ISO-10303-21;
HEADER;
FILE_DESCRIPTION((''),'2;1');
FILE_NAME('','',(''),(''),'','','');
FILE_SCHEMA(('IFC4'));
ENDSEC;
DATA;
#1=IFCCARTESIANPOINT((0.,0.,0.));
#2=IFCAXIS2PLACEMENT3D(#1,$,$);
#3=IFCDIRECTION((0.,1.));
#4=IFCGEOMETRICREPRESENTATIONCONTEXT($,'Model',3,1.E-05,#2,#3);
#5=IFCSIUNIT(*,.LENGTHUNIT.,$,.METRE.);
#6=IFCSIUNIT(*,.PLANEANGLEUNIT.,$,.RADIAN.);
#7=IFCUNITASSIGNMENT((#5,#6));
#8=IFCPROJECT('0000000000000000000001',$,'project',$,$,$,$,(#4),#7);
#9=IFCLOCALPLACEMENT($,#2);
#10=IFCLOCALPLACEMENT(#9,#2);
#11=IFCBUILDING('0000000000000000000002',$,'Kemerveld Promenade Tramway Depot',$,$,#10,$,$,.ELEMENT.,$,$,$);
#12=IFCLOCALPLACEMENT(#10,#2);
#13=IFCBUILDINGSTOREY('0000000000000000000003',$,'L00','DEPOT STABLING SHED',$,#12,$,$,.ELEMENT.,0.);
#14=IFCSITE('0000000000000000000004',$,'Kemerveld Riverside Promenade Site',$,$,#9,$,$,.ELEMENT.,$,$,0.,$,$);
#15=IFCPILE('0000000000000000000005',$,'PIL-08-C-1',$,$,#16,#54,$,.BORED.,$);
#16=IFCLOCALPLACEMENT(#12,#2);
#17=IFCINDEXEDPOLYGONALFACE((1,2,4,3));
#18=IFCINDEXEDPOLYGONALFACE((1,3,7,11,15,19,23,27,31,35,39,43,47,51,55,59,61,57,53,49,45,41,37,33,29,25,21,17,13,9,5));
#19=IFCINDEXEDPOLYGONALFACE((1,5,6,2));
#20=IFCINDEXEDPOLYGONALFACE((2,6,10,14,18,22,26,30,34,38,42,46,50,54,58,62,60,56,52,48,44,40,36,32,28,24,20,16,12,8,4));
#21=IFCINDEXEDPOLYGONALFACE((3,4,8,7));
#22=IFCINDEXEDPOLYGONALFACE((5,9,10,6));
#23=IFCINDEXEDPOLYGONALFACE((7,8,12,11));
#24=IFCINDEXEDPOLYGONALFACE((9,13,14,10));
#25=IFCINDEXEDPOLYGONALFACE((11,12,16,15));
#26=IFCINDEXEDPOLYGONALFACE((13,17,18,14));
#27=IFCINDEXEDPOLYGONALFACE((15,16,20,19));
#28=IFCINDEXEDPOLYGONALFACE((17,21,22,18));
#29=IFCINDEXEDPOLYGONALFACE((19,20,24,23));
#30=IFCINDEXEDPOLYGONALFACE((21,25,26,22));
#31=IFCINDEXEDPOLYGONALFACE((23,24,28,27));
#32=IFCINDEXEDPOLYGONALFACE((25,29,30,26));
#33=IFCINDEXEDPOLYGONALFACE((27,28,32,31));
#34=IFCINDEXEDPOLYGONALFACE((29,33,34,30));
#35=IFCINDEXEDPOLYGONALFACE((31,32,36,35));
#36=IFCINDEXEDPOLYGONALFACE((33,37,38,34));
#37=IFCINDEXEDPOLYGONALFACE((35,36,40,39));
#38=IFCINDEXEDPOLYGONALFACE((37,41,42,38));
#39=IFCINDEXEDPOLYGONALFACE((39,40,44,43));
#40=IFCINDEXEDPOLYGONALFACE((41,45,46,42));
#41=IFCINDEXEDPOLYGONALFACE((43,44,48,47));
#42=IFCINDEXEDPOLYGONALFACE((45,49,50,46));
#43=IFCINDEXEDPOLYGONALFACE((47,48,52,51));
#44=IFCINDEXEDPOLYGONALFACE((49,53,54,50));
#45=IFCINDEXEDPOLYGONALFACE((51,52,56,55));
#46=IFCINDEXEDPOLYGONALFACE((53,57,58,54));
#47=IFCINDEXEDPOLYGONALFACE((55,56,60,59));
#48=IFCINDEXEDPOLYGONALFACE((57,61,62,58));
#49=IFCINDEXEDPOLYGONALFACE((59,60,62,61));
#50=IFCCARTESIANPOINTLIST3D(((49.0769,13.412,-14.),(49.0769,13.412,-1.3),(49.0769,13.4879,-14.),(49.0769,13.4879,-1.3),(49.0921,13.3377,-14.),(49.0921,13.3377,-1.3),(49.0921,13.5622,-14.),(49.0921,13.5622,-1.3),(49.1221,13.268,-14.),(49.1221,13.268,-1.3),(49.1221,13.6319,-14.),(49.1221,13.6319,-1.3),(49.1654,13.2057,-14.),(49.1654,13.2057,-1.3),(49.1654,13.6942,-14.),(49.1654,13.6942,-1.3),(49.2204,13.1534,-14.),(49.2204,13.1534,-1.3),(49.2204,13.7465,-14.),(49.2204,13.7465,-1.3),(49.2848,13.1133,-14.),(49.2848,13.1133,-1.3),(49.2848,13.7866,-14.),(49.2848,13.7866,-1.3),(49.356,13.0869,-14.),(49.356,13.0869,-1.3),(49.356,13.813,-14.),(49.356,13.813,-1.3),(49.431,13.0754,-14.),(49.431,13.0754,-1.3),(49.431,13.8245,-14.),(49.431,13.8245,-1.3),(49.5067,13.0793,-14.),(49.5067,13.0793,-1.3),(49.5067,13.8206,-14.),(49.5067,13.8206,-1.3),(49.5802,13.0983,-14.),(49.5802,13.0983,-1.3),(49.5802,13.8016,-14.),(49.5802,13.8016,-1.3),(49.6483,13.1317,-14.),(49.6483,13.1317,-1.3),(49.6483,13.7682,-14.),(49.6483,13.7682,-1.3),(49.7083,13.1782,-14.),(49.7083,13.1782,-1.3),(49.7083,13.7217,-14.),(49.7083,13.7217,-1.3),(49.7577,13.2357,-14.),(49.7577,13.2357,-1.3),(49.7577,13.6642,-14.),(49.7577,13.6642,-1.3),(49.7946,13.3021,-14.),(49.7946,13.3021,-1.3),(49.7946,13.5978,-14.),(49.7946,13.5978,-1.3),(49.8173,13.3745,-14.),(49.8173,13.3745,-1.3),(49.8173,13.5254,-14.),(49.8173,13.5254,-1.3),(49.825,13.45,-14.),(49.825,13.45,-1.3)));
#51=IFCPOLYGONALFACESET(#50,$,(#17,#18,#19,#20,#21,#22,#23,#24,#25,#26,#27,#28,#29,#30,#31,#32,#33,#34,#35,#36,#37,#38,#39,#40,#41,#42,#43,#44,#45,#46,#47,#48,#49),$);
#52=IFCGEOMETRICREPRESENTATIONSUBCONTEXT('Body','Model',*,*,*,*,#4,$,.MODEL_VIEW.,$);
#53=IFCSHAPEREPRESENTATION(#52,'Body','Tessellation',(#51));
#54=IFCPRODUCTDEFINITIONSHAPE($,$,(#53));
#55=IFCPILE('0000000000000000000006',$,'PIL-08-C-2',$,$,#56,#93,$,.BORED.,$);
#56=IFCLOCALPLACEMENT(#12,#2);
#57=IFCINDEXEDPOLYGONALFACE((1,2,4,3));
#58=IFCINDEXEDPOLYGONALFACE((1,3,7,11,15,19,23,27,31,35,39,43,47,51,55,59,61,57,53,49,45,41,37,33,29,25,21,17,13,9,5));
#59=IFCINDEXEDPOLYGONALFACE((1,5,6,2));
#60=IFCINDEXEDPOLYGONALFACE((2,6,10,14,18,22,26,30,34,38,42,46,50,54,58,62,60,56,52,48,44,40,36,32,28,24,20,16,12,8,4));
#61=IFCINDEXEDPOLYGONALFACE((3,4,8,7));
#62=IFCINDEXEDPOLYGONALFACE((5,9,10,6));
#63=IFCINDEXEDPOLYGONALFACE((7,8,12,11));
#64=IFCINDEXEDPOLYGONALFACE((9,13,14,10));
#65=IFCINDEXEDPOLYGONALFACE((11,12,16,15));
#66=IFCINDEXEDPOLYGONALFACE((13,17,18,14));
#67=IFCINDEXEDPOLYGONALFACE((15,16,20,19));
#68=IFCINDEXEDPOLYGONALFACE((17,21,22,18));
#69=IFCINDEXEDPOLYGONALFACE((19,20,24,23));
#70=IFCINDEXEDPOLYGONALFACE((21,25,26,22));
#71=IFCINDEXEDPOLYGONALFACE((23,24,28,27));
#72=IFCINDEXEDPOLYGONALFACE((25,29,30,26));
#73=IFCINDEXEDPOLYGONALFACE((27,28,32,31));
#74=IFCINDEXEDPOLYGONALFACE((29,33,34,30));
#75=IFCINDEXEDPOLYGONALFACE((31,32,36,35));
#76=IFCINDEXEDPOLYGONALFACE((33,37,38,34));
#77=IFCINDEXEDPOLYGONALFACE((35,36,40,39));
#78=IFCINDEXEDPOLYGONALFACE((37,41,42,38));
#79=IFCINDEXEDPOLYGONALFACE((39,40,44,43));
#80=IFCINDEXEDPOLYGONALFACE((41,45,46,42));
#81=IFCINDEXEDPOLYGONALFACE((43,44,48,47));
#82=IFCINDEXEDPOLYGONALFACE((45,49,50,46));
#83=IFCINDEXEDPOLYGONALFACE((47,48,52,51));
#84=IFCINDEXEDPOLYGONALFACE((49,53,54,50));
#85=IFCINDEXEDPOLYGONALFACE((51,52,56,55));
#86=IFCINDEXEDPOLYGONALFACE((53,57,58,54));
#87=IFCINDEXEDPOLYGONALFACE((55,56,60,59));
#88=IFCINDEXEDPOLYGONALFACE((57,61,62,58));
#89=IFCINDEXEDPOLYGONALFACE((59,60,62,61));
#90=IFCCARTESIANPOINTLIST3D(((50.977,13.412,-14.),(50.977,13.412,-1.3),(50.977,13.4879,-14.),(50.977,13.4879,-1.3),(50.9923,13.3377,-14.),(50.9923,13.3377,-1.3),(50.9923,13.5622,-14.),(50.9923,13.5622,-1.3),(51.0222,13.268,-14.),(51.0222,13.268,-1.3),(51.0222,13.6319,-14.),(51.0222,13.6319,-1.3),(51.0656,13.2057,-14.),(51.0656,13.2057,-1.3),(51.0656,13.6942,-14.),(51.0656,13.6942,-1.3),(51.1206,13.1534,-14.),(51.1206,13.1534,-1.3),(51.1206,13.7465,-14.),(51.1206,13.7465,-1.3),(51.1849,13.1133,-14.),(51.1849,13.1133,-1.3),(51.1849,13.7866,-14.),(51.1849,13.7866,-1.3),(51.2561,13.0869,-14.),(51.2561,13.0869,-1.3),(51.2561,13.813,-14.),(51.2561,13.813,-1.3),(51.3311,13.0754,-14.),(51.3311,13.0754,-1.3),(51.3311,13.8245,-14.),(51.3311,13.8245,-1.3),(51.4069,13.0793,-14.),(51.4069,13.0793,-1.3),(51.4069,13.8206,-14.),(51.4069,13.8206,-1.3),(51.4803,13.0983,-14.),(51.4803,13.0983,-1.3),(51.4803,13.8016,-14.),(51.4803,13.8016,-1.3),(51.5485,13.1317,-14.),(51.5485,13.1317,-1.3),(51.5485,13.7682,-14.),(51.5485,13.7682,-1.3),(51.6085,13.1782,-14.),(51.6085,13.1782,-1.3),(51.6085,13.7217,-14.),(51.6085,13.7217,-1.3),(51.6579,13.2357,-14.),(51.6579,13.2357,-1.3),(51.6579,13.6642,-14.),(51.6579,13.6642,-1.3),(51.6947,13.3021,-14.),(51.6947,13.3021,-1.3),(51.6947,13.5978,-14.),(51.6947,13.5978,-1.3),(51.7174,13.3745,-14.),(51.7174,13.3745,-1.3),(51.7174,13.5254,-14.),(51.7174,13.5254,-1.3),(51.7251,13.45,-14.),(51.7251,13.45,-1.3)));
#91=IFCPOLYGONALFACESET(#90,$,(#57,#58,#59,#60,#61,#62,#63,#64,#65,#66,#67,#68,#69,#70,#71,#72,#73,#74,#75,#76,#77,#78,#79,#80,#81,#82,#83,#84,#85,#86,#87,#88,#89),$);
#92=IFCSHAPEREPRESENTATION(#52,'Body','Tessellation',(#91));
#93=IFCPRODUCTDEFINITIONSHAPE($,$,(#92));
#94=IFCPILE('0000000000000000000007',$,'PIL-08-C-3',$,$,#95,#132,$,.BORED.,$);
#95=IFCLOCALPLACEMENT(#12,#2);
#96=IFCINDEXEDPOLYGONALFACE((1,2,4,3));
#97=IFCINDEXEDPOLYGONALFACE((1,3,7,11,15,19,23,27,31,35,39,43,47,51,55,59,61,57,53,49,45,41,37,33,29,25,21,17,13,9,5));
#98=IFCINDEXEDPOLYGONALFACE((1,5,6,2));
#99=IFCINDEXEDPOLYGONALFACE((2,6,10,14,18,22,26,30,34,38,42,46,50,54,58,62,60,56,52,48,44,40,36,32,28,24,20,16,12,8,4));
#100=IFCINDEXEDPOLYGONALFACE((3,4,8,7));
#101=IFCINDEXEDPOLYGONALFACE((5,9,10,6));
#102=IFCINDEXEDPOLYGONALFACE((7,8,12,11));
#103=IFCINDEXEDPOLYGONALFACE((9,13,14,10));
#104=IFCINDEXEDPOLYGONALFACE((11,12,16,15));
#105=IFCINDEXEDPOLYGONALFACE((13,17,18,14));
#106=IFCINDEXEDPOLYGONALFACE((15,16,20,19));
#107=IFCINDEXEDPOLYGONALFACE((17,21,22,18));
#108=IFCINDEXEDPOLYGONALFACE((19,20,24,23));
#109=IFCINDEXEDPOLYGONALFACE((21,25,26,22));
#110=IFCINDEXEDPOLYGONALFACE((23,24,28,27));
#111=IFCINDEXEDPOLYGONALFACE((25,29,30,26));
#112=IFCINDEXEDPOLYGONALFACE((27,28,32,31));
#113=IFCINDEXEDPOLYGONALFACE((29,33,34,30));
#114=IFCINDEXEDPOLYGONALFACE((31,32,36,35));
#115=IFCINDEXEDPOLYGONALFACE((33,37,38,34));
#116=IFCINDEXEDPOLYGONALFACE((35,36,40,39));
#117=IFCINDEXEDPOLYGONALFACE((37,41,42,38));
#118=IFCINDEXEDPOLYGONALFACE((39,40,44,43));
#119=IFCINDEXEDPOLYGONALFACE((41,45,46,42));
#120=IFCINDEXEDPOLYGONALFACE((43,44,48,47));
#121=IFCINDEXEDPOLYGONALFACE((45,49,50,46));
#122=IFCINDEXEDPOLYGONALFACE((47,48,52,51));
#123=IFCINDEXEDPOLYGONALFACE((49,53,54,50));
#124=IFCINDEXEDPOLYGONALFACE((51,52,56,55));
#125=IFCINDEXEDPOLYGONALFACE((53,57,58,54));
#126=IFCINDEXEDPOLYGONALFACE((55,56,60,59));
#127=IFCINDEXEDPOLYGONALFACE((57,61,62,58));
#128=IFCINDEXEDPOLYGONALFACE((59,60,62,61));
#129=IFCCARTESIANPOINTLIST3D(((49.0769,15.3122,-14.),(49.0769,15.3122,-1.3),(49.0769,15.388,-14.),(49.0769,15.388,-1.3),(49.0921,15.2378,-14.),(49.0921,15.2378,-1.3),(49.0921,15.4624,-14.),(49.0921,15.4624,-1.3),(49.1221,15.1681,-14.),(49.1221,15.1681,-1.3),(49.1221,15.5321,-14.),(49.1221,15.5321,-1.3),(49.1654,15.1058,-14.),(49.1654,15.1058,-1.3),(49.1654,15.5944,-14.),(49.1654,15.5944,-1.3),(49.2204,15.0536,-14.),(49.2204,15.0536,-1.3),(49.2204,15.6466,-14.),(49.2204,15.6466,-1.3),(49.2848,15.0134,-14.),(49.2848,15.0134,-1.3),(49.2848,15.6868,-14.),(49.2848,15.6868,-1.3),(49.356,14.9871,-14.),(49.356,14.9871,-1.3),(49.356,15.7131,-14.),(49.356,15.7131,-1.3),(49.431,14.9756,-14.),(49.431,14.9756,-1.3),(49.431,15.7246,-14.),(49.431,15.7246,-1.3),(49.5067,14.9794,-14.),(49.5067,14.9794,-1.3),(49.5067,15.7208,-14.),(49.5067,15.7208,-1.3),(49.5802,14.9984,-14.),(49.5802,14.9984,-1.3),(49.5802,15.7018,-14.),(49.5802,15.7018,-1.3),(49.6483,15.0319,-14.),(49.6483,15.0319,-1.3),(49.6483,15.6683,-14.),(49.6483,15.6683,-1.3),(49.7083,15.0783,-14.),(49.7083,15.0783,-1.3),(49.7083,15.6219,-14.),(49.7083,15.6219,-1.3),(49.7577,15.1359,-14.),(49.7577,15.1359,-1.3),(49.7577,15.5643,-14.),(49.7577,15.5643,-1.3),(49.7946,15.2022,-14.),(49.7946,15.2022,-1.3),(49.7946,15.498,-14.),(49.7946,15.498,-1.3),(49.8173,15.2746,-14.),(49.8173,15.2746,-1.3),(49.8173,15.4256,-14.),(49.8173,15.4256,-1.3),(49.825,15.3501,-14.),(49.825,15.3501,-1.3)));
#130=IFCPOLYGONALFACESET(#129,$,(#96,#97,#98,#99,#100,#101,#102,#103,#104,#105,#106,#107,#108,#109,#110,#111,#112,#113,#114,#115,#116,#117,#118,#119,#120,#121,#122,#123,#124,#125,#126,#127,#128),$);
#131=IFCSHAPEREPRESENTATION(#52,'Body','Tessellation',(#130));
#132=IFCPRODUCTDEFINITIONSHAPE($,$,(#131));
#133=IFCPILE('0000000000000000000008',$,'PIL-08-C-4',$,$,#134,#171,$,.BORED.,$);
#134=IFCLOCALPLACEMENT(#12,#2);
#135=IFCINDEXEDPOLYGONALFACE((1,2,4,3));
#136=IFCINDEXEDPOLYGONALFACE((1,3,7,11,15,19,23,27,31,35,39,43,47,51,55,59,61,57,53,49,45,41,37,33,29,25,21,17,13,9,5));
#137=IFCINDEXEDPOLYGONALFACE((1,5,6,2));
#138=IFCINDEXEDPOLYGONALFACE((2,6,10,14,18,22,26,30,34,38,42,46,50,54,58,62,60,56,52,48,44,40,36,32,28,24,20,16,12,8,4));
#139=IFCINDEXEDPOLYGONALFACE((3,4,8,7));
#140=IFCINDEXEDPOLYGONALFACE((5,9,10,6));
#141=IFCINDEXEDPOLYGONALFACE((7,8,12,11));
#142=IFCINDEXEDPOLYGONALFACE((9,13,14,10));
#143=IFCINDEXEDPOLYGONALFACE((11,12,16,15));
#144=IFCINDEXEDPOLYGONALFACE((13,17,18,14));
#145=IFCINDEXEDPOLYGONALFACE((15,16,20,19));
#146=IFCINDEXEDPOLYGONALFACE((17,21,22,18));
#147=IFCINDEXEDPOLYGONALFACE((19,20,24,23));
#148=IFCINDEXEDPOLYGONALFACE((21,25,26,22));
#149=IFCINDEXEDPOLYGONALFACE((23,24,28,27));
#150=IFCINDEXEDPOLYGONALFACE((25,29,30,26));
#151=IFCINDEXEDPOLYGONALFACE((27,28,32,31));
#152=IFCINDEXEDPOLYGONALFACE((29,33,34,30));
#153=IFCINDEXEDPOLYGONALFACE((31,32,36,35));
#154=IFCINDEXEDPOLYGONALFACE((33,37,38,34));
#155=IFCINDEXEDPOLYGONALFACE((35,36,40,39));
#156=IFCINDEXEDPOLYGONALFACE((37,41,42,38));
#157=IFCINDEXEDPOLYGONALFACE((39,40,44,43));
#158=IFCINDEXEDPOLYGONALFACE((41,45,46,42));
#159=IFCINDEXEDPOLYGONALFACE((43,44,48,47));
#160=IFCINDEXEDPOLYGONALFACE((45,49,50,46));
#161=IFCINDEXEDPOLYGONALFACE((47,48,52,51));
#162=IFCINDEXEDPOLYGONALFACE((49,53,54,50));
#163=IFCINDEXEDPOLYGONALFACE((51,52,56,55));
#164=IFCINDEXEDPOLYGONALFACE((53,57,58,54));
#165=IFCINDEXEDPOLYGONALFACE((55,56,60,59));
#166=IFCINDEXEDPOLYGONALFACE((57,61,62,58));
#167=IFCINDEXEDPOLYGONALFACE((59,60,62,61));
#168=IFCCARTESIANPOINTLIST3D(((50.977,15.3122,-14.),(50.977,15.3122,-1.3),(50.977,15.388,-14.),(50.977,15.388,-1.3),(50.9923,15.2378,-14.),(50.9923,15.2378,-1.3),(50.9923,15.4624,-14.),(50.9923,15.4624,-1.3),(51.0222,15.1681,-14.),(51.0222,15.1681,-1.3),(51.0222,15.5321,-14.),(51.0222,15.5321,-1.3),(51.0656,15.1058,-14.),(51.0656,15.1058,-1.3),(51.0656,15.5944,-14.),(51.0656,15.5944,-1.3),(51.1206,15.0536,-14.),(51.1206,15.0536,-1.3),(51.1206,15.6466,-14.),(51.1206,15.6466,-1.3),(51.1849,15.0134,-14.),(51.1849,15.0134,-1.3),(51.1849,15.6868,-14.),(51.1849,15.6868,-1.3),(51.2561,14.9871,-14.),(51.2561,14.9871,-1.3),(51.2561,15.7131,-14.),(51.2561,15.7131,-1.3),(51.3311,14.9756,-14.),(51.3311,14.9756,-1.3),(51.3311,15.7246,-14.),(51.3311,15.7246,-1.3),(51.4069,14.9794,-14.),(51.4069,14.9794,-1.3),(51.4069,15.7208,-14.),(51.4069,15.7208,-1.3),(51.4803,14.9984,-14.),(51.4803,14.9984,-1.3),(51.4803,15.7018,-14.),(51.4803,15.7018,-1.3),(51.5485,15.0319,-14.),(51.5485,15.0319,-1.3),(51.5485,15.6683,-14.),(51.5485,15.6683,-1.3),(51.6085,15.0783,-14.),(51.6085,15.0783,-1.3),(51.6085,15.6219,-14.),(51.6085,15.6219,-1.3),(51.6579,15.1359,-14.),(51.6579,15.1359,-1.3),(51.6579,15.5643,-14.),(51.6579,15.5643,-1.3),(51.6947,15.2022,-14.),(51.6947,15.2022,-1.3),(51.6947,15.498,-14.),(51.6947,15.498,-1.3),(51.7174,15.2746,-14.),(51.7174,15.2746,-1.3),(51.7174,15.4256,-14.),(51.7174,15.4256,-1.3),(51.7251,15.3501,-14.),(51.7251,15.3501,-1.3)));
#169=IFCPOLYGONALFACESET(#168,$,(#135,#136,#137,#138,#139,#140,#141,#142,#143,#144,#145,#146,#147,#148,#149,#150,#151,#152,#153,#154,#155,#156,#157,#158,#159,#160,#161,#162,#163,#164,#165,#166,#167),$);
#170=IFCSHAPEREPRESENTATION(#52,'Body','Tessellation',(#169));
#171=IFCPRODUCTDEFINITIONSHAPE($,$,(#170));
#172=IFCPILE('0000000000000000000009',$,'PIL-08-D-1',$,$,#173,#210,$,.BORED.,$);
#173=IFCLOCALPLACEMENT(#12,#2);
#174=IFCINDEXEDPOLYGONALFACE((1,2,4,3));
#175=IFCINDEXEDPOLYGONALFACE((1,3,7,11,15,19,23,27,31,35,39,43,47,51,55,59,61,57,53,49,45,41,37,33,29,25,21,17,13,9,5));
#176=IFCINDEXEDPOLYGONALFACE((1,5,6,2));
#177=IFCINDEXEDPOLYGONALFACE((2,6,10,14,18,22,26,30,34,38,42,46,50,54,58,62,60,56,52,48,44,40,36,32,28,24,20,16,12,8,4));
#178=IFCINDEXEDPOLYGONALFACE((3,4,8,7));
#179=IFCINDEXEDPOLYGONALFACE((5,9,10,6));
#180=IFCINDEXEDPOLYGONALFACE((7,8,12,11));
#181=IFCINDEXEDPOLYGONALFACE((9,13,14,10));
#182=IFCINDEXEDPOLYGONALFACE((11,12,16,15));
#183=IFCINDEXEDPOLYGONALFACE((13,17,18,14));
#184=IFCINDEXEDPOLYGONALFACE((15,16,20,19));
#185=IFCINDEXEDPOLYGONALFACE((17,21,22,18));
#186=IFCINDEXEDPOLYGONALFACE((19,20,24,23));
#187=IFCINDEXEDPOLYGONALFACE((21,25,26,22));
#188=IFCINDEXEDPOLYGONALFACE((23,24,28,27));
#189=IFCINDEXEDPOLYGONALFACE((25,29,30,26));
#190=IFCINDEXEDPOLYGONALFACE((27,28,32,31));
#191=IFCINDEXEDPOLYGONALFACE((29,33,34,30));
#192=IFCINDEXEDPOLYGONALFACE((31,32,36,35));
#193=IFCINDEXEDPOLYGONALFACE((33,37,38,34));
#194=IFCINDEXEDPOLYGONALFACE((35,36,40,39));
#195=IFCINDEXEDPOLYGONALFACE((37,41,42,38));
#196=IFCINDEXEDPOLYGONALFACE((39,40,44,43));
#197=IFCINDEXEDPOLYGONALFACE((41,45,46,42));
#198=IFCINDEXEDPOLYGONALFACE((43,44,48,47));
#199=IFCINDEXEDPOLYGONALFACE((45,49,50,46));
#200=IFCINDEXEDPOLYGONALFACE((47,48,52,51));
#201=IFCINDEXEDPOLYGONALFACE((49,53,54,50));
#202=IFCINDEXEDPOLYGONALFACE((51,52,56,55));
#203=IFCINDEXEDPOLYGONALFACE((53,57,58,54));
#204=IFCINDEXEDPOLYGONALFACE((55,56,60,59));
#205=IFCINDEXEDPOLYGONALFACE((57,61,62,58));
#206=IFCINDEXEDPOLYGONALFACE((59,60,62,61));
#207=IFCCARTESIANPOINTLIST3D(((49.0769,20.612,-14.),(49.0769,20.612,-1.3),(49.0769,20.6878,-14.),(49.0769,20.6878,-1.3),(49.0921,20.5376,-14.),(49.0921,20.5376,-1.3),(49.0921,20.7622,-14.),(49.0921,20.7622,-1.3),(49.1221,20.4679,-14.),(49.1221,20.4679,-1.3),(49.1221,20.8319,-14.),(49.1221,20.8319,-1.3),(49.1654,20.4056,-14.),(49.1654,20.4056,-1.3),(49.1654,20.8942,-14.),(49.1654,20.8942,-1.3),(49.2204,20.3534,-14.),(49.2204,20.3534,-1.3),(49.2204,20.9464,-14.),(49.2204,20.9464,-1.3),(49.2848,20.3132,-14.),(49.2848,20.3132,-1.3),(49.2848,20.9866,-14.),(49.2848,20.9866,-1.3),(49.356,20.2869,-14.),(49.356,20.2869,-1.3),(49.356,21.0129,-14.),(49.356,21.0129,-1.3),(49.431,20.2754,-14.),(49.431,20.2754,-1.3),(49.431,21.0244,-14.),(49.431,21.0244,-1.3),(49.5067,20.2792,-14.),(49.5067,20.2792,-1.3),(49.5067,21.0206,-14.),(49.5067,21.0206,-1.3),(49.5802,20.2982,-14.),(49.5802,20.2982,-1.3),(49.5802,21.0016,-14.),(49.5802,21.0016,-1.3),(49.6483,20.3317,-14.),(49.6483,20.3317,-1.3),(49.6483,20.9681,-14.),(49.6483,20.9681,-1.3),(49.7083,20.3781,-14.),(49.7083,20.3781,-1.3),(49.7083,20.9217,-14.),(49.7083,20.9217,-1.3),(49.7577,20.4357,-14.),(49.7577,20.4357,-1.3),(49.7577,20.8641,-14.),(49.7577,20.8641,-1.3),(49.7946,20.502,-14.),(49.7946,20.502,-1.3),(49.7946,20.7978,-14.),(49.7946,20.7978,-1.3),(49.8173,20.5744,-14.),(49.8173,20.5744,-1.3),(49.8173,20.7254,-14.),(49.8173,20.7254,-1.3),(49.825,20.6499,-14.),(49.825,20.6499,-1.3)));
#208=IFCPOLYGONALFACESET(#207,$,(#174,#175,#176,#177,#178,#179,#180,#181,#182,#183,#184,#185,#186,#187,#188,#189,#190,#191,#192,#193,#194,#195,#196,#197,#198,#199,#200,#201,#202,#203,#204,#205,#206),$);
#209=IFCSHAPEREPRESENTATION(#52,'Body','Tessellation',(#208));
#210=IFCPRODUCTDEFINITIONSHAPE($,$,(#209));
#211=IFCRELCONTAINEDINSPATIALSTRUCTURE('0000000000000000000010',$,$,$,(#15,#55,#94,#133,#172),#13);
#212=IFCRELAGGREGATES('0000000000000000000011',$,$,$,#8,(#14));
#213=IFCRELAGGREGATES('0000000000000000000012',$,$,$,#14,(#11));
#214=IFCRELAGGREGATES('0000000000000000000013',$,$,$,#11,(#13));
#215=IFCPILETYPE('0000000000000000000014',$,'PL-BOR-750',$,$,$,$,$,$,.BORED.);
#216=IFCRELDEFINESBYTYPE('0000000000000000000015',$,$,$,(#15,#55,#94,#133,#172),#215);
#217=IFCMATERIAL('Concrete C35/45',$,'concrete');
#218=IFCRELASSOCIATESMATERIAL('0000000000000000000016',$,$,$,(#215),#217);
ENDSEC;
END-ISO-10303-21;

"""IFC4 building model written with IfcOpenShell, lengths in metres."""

from ifc_helpers import new_model, si_unit, direction, frame, origin, origin_2d, place, context, subcontext, project, spatial, circle, extrude, material, material_profile, profile_set, type_object, element, save


model = new_model("IFC4")

# Units and contexts
model_context = context("Model", 3, precision=1e-05, world=origin(), true_north=direction((0.0, 1.0)))
body_context = subcontext(model_context, "Body", "Model", "MODEL_VIEW")
ifc_project = project(units=[si_unit("LENGTHUNIT", "METRE"), si_unit("PLANEANGLEUNIT", "RADIAN")], contexts=[model_context])

# Site, building, storey
site_placement = place(None, origin())
site = spatial("IfcSite", under=ifc_project, at=site_placement, Name="Kemerveld Riverside Promenade Site", CompositionType="ELEMENT", RefElevation=0.0)
building_placement = place(site_placement, origin())
building = spatial("IfcBuilding", under=site, at=building_placement, Name="Kemerveld Promenade Tramway Depot", CompositionType="ELEMENT")
storey_placement = place(building_placement, origin())
storey = spatial("IfcBuildingStorey", under=building, at=storey_placement, Name="L00", Description="DEPOT STABLING SHED", CompositionType="ELEMENT", Elevation=0.0)

# Shared definitions
ifc_material_1 = material(Name="Concrete C35/45", Category="concrete")

# Piles
ifc_material_profile_1 = material_profile(ifc_material_1, circle(Radius=0.375, at=origin_2d()), Name="PILE-D750")
ifc_profile_set_1 = profile_set([ifc_material_profile_1], Name="Concrete C35/45")
pile_type = type_object("IfcPileType", Name="PL-BOR-750", PredefinedType="BORED", material=ifc_profile_set_1)
for number, where, z_axis, x_axis, name in (
    (1, (49.45, 13.45, -1.3), (0.0, 0.0, -1.0), (1.0, 0.0, 0.0), "PIL-08-C-1"),
    (2, (51.3501, 13.45, -1.3), (0.0, 0.0, -1.0), (1.0, 0.0, 0.0), "PIL-08-C-2"),
    (3, (49.45, 15.3501, -1.3), (0.0, 0.0, -1.0), (1.0, 0.0, 0.0), "PIL-08-C-3"),
    (4, (51.3501, 15.3501, -1.3), (0.0, 0.0, -1.0), (1.0, 0.0, 0.0), "PIL-08-C-4"),
    (5, (49.45, 20.6499, -1.3), (0.0, 0.0, -1.0), (1.0, 0.0, 0.0), "PIL-08-D-1"),
):
    element("IfcPile", number, at=place(storey_placement, frame(where, z_axis=z_axis, x_axis=x_axis)), inside=storey, type_object=pile_type, Name=name, PredefinedType="BORED", context=body_context, shape_type="SweptSolid", body=[
        extrude(circle(Radius=0.375, at=origin_2d()), origin(), (0.0, 0.0, 1.0), 12.7),
    ])

save(model, "model.ifc")
